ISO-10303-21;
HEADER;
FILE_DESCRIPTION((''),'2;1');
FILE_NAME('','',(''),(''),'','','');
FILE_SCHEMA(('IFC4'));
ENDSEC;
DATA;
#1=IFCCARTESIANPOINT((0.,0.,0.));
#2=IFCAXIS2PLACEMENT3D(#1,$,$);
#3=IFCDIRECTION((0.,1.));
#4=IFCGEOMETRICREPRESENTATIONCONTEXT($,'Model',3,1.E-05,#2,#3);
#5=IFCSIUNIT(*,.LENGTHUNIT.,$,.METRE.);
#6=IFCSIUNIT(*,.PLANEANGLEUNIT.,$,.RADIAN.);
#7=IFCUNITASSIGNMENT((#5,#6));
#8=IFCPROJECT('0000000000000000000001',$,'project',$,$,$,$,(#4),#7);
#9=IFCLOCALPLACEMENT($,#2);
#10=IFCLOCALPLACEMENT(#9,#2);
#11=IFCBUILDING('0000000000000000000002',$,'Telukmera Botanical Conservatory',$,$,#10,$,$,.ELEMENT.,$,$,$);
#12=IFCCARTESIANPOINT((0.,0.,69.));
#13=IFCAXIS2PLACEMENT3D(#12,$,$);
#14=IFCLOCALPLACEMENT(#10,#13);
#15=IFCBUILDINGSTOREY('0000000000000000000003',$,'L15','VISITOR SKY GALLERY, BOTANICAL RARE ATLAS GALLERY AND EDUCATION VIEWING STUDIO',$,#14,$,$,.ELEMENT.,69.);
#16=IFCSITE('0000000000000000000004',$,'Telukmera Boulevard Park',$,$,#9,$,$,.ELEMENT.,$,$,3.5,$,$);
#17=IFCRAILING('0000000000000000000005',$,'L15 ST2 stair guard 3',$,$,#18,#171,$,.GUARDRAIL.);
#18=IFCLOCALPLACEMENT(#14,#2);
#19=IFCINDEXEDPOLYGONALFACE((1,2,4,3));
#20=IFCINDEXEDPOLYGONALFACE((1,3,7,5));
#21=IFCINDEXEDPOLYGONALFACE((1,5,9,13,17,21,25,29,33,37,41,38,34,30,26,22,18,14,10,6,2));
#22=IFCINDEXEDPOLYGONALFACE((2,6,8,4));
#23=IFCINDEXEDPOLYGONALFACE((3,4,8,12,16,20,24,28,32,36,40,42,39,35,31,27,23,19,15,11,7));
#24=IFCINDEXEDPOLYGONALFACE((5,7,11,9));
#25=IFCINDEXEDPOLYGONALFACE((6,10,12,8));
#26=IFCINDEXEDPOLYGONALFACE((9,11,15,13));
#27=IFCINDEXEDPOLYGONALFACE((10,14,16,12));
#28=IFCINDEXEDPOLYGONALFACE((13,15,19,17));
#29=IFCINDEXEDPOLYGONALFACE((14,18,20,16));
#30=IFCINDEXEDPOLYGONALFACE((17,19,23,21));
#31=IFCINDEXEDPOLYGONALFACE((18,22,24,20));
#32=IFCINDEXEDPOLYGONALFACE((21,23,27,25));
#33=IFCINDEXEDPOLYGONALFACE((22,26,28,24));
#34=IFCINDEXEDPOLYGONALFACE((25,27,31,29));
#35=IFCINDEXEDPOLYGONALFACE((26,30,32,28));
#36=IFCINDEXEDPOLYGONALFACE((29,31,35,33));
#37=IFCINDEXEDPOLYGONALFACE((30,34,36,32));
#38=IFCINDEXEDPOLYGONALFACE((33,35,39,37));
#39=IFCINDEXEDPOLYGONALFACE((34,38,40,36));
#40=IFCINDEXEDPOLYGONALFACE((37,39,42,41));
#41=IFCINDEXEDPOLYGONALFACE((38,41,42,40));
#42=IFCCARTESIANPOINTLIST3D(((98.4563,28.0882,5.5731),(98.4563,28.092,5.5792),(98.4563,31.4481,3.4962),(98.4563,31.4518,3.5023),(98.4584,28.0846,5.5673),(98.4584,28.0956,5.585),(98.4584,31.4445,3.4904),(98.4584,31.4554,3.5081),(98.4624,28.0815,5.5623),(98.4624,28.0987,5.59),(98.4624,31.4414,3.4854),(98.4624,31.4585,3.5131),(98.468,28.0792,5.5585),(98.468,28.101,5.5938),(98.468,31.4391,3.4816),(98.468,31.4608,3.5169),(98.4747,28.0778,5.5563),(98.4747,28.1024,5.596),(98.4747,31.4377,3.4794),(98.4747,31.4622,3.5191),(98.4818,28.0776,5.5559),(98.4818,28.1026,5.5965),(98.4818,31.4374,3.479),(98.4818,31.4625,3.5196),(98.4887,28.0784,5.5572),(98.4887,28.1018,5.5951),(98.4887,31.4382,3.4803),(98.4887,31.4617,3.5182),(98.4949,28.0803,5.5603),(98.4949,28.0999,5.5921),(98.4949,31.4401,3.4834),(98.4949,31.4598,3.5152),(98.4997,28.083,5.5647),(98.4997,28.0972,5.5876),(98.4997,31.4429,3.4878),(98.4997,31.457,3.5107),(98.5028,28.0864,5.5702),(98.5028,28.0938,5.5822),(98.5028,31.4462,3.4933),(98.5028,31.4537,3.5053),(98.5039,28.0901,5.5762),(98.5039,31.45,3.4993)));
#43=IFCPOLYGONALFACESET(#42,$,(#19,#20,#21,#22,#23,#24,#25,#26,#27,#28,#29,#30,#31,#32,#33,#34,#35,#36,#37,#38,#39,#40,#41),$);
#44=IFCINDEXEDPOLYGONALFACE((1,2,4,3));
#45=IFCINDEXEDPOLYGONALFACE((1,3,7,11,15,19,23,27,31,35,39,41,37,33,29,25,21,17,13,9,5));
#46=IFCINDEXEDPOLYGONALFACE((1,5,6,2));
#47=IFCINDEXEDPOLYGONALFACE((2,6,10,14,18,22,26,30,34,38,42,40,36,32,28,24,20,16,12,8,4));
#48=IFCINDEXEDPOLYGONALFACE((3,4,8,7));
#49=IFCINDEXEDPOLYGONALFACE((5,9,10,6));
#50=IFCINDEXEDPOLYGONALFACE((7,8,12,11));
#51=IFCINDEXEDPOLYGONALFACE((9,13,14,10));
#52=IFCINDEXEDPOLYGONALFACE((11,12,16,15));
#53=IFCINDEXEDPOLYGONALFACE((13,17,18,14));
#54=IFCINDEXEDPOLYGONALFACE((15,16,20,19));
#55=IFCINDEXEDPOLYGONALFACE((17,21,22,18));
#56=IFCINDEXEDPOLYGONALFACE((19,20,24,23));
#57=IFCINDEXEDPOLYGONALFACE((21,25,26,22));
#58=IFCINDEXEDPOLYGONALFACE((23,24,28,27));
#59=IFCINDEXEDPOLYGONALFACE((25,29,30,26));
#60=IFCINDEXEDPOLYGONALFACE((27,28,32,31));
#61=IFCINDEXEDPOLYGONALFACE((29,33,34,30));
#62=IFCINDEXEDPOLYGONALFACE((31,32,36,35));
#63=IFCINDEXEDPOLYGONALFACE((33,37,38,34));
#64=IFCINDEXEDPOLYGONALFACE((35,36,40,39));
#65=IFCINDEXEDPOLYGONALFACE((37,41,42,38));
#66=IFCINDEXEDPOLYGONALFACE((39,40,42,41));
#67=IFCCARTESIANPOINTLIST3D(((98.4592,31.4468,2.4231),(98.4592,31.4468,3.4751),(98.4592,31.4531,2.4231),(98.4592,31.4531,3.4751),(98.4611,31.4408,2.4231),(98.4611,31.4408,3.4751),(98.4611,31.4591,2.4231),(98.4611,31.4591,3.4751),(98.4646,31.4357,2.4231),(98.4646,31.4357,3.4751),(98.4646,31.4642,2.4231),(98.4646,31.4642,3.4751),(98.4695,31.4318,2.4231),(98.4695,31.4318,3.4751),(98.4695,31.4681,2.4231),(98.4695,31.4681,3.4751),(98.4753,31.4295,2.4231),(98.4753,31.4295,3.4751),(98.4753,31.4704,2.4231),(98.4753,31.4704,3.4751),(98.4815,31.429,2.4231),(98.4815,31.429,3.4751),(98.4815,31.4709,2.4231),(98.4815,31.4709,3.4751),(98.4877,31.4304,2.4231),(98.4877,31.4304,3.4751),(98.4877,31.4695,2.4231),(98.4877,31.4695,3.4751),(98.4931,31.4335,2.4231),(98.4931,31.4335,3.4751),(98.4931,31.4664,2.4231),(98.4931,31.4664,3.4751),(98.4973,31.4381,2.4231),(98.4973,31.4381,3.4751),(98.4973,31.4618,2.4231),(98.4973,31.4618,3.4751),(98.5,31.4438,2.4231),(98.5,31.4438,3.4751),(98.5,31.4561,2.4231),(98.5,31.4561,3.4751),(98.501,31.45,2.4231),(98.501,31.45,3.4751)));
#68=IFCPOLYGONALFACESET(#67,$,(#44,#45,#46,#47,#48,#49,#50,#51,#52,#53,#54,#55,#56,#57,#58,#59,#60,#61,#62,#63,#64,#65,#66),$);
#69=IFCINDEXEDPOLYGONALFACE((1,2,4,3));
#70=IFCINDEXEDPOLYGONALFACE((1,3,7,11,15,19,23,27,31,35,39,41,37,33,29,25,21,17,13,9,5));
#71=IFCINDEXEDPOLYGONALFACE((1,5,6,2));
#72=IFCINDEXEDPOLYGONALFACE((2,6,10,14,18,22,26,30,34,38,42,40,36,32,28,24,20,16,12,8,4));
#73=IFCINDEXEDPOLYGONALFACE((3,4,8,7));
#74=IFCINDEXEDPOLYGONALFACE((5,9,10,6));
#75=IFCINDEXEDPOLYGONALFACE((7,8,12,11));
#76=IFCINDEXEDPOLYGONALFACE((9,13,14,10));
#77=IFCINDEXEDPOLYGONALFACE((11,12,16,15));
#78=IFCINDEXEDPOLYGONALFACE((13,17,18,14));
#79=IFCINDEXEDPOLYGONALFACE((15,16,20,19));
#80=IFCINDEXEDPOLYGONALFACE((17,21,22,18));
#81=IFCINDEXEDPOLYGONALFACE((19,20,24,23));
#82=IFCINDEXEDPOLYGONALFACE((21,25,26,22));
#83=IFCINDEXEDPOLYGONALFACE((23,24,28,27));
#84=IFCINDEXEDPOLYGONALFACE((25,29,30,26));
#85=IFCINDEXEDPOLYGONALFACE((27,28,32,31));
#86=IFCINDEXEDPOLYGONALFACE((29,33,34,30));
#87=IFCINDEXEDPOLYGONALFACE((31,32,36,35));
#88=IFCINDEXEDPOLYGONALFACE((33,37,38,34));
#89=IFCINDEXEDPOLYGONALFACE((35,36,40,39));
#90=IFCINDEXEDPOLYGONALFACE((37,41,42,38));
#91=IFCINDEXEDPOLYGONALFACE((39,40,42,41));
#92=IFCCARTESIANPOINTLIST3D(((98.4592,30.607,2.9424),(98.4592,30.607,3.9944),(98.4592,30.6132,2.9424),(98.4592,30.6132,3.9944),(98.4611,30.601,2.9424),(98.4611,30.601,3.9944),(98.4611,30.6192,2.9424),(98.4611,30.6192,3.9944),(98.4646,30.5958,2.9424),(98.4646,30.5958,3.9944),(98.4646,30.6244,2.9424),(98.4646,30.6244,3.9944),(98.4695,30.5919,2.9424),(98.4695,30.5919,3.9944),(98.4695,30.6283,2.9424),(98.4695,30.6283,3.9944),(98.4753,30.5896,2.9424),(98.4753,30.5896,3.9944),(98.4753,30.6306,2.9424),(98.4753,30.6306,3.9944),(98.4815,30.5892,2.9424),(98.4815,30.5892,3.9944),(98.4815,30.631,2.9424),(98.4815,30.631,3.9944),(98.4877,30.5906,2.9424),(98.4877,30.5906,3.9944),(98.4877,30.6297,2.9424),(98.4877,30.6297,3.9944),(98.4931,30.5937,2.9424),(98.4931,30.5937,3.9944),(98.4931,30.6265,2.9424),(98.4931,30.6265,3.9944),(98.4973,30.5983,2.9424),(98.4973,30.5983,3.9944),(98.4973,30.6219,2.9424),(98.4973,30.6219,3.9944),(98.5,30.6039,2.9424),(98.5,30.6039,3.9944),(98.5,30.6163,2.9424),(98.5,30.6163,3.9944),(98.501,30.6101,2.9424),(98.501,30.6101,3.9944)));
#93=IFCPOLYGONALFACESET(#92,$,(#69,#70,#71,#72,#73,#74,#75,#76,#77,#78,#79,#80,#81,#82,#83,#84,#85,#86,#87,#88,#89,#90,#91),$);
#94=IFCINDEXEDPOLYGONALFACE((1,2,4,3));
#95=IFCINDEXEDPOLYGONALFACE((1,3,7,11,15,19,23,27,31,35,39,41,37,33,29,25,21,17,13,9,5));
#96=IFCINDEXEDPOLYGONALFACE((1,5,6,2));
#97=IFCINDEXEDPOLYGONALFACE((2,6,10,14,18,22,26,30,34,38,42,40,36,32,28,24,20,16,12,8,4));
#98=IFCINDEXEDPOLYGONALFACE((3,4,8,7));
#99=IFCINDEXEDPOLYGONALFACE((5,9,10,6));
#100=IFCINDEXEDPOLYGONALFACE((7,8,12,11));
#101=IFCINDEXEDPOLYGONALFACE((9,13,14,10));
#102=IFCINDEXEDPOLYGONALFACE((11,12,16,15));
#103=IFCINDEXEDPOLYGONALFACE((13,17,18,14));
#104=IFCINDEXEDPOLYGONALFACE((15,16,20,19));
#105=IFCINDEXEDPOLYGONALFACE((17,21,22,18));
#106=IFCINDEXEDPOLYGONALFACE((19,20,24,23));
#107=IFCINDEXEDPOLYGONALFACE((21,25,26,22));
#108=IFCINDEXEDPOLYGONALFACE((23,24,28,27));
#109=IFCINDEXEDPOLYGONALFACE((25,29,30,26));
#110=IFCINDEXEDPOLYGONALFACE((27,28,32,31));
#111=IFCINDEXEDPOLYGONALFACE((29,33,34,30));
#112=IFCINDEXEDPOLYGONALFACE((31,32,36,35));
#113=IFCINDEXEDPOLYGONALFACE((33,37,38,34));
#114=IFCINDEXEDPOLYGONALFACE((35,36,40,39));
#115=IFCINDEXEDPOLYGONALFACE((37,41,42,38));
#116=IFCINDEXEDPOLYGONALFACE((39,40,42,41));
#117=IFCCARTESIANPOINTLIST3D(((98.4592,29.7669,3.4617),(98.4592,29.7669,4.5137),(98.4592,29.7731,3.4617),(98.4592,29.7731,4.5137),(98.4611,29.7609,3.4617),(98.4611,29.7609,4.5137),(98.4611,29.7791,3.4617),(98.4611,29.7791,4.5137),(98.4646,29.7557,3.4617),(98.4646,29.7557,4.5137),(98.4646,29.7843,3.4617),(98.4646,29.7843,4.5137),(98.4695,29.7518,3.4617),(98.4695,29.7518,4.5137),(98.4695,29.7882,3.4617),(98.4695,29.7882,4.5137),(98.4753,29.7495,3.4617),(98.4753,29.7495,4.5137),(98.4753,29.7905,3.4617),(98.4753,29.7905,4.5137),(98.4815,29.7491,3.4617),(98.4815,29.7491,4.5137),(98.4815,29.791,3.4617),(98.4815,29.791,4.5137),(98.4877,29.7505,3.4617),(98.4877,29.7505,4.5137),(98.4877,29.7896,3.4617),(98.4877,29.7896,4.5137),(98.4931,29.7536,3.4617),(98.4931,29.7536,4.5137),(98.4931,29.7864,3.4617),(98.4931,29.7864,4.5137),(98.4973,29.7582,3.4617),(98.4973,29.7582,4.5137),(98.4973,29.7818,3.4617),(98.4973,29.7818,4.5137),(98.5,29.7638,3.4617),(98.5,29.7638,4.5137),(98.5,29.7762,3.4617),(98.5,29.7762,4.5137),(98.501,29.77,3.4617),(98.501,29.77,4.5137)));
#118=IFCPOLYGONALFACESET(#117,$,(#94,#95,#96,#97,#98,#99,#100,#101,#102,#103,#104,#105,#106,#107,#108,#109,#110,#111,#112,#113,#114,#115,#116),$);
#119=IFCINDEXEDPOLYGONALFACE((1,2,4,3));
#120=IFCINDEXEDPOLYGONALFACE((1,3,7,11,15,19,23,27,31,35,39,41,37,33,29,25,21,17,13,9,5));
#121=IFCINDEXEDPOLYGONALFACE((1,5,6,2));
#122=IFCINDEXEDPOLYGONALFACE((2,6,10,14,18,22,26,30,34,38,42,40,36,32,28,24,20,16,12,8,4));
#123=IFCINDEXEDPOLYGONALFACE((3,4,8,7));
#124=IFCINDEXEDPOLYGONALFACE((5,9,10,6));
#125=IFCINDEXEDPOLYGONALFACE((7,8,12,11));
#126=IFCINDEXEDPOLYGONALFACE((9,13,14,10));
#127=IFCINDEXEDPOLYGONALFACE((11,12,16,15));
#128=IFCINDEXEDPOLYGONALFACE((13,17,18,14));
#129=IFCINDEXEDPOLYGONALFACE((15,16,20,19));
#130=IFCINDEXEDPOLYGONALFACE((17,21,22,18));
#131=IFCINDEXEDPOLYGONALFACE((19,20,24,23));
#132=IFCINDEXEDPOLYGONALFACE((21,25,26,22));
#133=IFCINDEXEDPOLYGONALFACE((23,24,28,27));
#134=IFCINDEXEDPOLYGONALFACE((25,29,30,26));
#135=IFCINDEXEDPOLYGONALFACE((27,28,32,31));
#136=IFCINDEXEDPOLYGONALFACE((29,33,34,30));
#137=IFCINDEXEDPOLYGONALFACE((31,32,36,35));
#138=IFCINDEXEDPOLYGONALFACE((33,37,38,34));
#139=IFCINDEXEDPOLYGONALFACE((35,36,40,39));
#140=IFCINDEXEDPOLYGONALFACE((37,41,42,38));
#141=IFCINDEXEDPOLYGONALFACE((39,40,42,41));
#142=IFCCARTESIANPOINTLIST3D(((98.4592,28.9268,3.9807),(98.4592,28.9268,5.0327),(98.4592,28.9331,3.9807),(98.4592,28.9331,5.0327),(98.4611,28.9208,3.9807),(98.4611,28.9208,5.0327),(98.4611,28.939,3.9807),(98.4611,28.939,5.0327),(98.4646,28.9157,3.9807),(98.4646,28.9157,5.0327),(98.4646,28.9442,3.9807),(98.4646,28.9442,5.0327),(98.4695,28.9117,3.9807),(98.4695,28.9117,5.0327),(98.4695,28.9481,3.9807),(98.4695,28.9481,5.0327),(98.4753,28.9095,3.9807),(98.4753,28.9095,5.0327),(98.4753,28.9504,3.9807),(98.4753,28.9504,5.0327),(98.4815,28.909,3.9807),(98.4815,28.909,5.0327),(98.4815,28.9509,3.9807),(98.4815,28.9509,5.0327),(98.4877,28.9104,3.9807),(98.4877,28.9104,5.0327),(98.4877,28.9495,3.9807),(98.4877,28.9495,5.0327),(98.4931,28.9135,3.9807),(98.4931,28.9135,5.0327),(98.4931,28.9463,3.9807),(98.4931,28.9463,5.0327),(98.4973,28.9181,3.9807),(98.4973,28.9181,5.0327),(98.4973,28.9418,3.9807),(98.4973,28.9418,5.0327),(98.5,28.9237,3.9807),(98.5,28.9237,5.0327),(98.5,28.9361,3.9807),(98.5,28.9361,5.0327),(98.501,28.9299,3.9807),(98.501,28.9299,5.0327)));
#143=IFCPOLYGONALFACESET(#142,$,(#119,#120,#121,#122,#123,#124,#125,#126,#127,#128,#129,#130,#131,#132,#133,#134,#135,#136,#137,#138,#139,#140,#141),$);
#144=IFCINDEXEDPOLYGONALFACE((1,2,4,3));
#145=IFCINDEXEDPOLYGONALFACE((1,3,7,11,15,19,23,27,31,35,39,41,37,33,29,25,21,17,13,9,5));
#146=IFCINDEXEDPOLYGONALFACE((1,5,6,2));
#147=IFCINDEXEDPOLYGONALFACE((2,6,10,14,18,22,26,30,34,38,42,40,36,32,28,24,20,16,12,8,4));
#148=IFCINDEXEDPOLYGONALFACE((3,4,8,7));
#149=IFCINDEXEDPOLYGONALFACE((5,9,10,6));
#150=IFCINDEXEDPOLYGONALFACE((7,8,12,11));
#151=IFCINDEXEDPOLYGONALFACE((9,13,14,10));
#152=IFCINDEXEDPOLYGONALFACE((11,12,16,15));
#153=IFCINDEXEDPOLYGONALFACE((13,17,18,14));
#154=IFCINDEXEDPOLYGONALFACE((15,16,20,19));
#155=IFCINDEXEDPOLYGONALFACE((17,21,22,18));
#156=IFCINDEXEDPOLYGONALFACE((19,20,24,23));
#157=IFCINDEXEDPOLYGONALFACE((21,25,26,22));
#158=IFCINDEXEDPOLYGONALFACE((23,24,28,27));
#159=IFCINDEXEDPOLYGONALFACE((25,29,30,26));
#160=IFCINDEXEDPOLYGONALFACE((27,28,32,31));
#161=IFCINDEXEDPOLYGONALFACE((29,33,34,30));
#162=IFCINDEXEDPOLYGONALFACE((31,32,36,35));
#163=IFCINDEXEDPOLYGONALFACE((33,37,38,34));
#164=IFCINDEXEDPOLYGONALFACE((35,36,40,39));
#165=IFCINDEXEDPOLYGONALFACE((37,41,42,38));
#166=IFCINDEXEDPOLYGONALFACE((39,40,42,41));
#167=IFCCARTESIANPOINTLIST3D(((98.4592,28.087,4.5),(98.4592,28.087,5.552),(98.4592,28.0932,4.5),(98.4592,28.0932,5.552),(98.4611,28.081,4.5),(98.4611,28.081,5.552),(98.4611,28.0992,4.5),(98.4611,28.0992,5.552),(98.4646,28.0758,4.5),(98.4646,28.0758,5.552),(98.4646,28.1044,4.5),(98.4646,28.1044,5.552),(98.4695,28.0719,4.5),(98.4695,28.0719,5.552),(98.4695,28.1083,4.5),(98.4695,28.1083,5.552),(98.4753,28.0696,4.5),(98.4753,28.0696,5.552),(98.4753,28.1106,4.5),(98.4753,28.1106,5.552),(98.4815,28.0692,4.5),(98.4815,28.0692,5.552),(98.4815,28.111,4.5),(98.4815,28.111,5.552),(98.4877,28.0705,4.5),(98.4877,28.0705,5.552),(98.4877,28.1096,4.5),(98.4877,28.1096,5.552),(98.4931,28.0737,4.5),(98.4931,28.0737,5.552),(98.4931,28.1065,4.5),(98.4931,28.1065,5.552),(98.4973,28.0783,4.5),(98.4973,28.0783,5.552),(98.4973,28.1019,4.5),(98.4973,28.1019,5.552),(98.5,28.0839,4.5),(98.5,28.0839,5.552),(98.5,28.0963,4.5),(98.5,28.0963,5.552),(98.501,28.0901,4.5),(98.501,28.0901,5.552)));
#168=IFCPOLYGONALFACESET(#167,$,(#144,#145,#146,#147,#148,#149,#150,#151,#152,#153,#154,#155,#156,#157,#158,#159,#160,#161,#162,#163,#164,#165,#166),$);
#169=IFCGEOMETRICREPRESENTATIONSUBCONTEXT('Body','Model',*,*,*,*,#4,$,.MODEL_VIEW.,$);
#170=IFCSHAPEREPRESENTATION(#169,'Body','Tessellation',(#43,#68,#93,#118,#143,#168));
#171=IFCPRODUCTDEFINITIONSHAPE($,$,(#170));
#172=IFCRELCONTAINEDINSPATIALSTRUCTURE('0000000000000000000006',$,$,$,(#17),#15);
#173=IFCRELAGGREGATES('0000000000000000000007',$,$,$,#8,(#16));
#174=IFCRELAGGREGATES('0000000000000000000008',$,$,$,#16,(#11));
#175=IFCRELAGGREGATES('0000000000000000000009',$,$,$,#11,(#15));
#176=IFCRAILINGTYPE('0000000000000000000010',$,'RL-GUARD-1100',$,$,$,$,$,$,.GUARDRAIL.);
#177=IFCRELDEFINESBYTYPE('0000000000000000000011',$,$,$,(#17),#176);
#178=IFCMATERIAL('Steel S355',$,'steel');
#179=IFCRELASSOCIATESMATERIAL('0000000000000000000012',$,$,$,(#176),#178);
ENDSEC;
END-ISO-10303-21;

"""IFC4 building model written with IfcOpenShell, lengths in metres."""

from ifc_helpers import new_model, si_unit, direction, frame, origin, origin_2d, place, context, subcontext, project, spatial, circle, extrude, material, type_object, element, save


model = new_model("IFC4")

# Units and contexts
model_context = context("Model", 3, precision=1e-05, world=origin(), true_north=direction((0.0, 1.0)))
body_context = subcontext(model_context, "Body", "Model", "MODEL_VIEW")
ifc_project = project(units=[si_unit("LENGTHUNIT", "METRE"), si_unit("PLANEANGLEUNIT", "RADIAN")], contexts=[model_context])

# Site, building, storey
site_placement = place(None, origin())
site = spatial("IfcSite", under=ifc_project, at=site_placement, Name="Telukmera Boulevard Park", CompositionType="ELEMENT", RefElevation=3.5)
building_placement = place(site_placement, origin())
building = spatial("IfcBuilding", under=site, at=building_placement, Name="Telukmera Botanical Conservatory", CompositionType="ELEMENT")
storey_placement = place(building_placement, frame((0.0, 0.0, 69.0)))
storey = spatial("IfcBuildingStorey", under=building, at=storey_placement, Name="L15", Description="VISITOR SKY GALLERY, BOTANICAL RARE ATLAS GALLERY AND EDUCATION VIEWING STUDIO", CompositionType="ELEMENT", Elevation=69.0)

# Railing
ifc_material_1 = material(Name="Steel S355", Category="steel")
railing_type_1 = type_object("IfcRailingType", Name="RL-GUARD-1100", PredefinedType="GUARDRAIL", material=ifc_material_1)
railing_1_placement = place(storey_placement, frame((98.48, 31.45, 2.4231)))
element("IfcRailing", 1, at=railing_1_placement, inside=storey, type_object=railing_type_1, Name="L15 ST2 stair guard 3", PredefinedType="GUARDRAIL", context=body_context, shape_type="SweptSolid", body=[
    extrude(circle(Radius=0.0239, at=origin_2d()), frame((0.0, 0.0, 1.0762), z_axis=(0.0, -0.850606, 0.525803), x_axis=(1.0, 0.0, 0.0)), (0.0, 0.0, 1.0), 3.95),
    extrude(circle(Radius=0.021, at=origin_2d()), origin(), (0.0, 0.0, 1.0), 1.052),
    extrude(circle(Radius=0.021, at=origin_2d()), frame((0.0, -0.8398, 0.5193)), (0.0, 0.0, 1.0), 1.052),
    extrude(circle(Radius=0.021, at=origin_2d()), frame((0.0, -1.6799, 1.0386)), (0.0, 0.0, 1.0), 1.052),
    extrude(circle(Radius=0.021, at=origin_2d()), frame((0.0, -2.52, 1.5576)), (0.0, 0.0, 1.0), 1.052),
    extrude(circle(Radius=0.021, at=origin_2d()), frame((0.0, -3.3599, 2.0769)), (0.0, 0.0, 1.0), 1.052),
])

save(model, "model.ifc")
